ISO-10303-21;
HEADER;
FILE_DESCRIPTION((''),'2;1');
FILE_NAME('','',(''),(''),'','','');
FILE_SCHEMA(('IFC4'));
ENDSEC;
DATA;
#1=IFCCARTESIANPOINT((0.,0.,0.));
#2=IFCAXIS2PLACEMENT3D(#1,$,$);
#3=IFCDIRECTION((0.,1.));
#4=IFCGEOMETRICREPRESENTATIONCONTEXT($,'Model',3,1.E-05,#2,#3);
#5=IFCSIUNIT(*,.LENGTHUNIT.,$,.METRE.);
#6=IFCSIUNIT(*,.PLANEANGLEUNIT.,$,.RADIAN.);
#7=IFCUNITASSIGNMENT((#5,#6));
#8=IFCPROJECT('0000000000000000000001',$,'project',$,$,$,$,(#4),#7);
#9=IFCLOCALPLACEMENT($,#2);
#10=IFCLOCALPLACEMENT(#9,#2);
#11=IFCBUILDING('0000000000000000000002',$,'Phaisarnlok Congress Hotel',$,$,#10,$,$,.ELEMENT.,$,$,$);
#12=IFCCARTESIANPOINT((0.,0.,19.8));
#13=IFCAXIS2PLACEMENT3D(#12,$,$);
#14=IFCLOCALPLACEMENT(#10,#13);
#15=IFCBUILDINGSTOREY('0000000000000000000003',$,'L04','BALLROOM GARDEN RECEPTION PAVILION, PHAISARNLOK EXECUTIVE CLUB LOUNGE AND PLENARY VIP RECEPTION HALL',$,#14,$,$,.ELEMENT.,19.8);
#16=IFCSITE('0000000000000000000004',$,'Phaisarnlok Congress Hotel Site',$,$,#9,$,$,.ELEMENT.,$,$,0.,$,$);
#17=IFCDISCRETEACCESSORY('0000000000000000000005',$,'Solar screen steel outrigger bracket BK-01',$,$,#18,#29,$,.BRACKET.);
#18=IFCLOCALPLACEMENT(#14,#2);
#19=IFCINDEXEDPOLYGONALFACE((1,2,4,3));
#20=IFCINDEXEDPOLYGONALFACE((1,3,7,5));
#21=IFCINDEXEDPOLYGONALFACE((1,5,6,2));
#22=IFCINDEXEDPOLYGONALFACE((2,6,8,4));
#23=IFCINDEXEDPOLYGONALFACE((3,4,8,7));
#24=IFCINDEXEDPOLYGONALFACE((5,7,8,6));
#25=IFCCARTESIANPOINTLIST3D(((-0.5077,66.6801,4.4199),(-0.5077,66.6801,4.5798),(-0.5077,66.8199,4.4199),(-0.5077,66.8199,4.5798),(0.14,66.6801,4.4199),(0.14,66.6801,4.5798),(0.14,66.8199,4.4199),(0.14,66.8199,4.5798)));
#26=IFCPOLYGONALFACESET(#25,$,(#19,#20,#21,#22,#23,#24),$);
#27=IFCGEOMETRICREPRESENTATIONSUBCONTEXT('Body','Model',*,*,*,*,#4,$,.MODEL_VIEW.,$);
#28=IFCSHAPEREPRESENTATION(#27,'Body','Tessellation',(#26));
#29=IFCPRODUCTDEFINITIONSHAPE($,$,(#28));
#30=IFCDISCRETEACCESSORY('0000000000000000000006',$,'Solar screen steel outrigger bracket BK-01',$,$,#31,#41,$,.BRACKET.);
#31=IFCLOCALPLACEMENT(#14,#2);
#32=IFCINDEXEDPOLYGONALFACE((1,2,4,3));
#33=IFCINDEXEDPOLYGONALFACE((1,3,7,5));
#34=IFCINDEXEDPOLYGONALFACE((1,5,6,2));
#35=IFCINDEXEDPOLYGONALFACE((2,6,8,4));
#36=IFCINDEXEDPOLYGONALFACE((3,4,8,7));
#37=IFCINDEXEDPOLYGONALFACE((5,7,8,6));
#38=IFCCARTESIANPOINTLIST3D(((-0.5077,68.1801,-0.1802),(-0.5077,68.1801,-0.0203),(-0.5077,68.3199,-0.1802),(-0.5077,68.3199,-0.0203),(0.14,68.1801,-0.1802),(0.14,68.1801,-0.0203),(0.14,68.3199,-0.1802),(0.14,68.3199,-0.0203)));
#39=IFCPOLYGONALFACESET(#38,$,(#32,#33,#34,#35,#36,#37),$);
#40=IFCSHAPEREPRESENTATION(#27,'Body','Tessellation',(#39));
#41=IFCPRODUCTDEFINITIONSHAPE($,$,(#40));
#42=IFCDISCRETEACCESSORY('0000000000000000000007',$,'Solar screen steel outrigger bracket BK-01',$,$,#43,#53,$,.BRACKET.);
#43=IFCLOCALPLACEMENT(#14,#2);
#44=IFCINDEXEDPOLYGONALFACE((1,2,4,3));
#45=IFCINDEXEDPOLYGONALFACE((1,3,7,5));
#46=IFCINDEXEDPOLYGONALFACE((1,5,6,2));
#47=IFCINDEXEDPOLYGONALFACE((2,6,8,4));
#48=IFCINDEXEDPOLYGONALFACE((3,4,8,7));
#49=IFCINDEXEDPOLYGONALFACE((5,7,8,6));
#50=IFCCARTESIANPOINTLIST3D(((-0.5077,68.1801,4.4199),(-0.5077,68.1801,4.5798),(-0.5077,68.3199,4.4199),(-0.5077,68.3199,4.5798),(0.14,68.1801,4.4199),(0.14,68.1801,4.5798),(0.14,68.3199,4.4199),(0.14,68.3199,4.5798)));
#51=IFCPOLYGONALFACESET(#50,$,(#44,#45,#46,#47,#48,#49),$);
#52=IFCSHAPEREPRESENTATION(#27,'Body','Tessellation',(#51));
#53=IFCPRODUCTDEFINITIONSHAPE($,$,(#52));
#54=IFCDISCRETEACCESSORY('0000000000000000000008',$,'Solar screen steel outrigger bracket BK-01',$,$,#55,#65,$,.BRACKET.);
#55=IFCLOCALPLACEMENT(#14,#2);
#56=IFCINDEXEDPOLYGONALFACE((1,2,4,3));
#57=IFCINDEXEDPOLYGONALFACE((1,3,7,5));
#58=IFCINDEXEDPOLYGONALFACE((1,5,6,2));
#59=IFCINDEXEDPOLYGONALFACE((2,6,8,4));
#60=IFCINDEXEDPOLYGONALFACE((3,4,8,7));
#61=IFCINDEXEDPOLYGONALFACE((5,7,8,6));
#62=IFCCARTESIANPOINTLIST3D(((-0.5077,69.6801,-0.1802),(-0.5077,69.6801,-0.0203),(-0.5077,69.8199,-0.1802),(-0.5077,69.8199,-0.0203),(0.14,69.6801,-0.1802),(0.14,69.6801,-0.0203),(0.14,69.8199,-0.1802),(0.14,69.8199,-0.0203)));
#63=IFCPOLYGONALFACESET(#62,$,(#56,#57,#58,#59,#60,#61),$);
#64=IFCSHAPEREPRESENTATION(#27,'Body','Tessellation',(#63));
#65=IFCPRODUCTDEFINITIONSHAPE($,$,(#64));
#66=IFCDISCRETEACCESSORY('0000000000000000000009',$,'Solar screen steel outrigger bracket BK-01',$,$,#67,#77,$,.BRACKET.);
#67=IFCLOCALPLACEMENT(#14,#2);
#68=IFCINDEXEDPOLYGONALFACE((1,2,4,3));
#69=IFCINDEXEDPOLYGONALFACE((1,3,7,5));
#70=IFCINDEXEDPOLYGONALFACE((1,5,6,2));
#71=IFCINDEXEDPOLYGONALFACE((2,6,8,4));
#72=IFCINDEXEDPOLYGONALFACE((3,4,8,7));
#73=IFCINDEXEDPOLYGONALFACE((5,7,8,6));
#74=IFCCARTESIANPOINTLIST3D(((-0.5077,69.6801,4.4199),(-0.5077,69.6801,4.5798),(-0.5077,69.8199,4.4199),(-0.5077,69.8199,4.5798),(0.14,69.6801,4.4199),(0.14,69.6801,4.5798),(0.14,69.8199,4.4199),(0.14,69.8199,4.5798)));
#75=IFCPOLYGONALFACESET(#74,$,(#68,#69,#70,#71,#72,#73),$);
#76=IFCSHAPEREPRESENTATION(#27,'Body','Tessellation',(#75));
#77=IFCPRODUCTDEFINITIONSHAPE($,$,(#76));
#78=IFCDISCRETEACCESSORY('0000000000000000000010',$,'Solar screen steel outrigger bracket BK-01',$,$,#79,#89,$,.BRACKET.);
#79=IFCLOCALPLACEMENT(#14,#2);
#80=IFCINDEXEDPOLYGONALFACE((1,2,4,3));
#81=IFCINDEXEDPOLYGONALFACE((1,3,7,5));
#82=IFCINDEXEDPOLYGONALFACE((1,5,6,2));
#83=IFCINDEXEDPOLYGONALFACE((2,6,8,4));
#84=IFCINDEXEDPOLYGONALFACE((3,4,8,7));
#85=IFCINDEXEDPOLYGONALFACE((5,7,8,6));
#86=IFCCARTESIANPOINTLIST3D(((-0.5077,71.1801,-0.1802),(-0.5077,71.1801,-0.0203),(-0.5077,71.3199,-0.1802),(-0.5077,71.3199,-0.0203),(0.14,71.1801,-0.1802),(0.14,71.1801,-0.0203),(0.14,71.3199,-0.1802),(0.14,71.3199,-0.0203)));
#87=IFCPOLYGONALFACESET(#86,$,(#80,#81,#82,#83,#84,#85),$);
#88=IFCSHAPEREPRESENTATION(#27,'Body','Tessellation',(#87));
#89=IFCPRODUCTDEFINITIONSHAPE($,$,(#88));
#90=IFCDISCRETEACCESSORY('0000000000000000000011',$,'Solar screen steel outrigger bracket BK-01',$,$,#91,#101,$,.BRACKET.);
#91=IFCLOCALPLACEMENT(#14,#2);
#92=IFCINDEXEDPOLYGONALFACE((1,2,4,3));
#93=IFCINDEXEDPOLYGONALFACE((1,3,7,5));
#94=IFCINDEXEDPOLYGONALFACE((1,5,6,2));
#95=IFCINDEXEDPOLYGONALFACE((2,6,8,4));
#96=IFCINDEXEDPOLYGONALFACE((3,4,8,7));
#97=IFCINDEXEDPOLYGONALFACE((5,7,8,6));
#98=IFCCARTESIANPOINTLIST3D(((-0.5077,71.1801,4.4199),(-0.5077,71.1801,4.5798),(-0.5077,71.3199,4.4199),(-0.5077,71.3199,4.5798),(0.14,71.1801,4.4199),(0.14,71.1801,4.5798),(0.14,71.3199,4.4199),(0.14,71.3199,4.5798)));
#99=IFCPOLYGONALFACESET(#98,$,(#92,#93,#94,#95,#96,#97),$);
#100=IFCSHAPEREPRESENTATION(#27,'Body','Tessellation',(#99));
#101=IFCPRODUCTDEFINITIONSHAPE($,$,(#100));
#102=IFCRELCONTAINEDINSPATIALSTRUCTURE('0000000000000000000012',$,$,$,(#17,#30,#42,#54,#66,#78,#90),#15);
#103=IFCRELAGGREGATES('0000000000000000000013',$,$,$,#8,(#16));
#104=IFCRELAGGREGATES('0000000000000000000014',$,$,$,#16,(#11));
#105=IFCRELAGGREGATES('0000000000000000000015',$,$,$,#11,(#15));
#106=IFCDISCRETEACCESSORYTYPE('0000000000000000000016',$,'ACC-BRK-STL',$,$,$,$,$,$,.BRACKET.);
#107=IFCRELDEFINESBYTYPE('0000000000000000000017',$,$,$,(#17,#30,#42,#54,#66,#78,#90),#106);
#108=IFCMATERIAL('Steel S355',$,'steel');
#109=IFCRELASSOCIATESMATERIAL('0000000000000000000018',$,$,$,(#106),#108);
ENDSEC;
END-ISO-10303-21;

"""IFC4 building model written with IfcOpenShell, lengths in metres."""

from ifc_helpers import new_model, si_unit, direction, frame, origin, origin_2d, place, context, subcontext, project, spatial, rectangle, extrude, material, type_object, element, save


model = new_model("IFC4")

# Units and contexts
model_context = context("Model", 3, precision=1e-05, world=origin(), true_north=direction((0.0, 1.0)))
body_context = subcontext(model_context, "Body", "Model", "MODEL_VIEW")
ifc_project = project(units=[si_unit("LENGTHUNIT", "METRE"), si_unit("PLANEANGLEUNIT", "RADIAN")], contexts=[model_context])

# Site, building, storey
site_placement = place(None, origin())
site = spatial("IfcSite", under=ifc_project, at=site_placement, Name="Phaisarnlok Congress Hotel Site", CompositionType="ELEMENT", RefElevation=0.0)
building_placement = place(site_placement, origin())
building = spatial("IfcBuilding", under=site, at=building_placement, Name="Phaisarnlok Congress Hotel", CompositionType="ELEMENT")
storey_placement = place(building_placement, frame((0.0, 0.0, 19.8)))
storey = spatial("IfcBuildingStorey", under=building, at=storey_placement, Name="L04", Description="BALLROOM GARDEN RECEPTION PAVILION, PHAISARNLOK EXECUTIVE CLUB LOUNGE AND PLENARY VIP RECEPTION HALL", CompositionType="ELEMENT", Elevation=19.8)

# Shared definitions
ifc_material_1 = material(Name="Steel S355", Category="steel")

# Discrete accessories
discrete_accessory_type = type_object("IfcDiscreteAccessoryType", Name="ACC-BRK-STL", PredefinedType="BRACKET", material=ifc_material_1)
for number, where, z_axis, x_axis, name in (
    (1, (-0.1838, 66.75, 4.4199), (0.0, 0.0, 1.0), (1.0, 0.0, 0.0), "Solar screen steel outrigger bracket BK-01"),
    (2, (-0.1838, 68.25, -0.1802), (0.0, 0.0, 1.0), (1.0, 0.0, 0.0), "Solar screen steel outrigger bracket BK-01"),
    (3, (-0.1838, 68.25, 4.4199), (0.0, 0.0, 1.0), (1.0, 0.0, 0.0), "Solar screen steel outrigger bracket BK-01"),
    (4, (-0.1838, 69.75, -0.1802), (0.0, 0.0, 1.0), (1.0, 0.0, 0.0), "Solar screen steel outrigger bracket BK-01"),
    (5, (-0.1838, 69.75, 4.4199), (0.0, 0.0, 1.0), (1.0, 0.0, 0.0), "Solar screen steel outrigger bracket BK-01"),
    (6, (-0.1838, 71.25, -0.1802), (0.0, 0.0, 1.0), (1.0, 0.0, 0.0), "Solar screen steel outrigger bracket BK-01"),
    (7, (-0.1838, 71.25, 4.4199), (0.0, 0.0, 1.0), (1.0, 0.0, 0.0), "Solar screen steel outrigger bracket BK-01"),
):
    element("IfcDiscreteAccessory", number, at=place(storey_placement, frame(where, z_axis=z_axis, x_axis=x_axis)), inside=storey, type_object=discrete_accessory_type, Name=name, PredefinedType="BRACKET", context=body_context, shape_type="SweptSolid", body=[
        extrude(rectangle(XDim=0.6477, YDim=0.1399, at=origin_2d()), origin(), (0.0, 0.0, 1.0), 0.1599),
    ])

save(model, "model.ifc")
